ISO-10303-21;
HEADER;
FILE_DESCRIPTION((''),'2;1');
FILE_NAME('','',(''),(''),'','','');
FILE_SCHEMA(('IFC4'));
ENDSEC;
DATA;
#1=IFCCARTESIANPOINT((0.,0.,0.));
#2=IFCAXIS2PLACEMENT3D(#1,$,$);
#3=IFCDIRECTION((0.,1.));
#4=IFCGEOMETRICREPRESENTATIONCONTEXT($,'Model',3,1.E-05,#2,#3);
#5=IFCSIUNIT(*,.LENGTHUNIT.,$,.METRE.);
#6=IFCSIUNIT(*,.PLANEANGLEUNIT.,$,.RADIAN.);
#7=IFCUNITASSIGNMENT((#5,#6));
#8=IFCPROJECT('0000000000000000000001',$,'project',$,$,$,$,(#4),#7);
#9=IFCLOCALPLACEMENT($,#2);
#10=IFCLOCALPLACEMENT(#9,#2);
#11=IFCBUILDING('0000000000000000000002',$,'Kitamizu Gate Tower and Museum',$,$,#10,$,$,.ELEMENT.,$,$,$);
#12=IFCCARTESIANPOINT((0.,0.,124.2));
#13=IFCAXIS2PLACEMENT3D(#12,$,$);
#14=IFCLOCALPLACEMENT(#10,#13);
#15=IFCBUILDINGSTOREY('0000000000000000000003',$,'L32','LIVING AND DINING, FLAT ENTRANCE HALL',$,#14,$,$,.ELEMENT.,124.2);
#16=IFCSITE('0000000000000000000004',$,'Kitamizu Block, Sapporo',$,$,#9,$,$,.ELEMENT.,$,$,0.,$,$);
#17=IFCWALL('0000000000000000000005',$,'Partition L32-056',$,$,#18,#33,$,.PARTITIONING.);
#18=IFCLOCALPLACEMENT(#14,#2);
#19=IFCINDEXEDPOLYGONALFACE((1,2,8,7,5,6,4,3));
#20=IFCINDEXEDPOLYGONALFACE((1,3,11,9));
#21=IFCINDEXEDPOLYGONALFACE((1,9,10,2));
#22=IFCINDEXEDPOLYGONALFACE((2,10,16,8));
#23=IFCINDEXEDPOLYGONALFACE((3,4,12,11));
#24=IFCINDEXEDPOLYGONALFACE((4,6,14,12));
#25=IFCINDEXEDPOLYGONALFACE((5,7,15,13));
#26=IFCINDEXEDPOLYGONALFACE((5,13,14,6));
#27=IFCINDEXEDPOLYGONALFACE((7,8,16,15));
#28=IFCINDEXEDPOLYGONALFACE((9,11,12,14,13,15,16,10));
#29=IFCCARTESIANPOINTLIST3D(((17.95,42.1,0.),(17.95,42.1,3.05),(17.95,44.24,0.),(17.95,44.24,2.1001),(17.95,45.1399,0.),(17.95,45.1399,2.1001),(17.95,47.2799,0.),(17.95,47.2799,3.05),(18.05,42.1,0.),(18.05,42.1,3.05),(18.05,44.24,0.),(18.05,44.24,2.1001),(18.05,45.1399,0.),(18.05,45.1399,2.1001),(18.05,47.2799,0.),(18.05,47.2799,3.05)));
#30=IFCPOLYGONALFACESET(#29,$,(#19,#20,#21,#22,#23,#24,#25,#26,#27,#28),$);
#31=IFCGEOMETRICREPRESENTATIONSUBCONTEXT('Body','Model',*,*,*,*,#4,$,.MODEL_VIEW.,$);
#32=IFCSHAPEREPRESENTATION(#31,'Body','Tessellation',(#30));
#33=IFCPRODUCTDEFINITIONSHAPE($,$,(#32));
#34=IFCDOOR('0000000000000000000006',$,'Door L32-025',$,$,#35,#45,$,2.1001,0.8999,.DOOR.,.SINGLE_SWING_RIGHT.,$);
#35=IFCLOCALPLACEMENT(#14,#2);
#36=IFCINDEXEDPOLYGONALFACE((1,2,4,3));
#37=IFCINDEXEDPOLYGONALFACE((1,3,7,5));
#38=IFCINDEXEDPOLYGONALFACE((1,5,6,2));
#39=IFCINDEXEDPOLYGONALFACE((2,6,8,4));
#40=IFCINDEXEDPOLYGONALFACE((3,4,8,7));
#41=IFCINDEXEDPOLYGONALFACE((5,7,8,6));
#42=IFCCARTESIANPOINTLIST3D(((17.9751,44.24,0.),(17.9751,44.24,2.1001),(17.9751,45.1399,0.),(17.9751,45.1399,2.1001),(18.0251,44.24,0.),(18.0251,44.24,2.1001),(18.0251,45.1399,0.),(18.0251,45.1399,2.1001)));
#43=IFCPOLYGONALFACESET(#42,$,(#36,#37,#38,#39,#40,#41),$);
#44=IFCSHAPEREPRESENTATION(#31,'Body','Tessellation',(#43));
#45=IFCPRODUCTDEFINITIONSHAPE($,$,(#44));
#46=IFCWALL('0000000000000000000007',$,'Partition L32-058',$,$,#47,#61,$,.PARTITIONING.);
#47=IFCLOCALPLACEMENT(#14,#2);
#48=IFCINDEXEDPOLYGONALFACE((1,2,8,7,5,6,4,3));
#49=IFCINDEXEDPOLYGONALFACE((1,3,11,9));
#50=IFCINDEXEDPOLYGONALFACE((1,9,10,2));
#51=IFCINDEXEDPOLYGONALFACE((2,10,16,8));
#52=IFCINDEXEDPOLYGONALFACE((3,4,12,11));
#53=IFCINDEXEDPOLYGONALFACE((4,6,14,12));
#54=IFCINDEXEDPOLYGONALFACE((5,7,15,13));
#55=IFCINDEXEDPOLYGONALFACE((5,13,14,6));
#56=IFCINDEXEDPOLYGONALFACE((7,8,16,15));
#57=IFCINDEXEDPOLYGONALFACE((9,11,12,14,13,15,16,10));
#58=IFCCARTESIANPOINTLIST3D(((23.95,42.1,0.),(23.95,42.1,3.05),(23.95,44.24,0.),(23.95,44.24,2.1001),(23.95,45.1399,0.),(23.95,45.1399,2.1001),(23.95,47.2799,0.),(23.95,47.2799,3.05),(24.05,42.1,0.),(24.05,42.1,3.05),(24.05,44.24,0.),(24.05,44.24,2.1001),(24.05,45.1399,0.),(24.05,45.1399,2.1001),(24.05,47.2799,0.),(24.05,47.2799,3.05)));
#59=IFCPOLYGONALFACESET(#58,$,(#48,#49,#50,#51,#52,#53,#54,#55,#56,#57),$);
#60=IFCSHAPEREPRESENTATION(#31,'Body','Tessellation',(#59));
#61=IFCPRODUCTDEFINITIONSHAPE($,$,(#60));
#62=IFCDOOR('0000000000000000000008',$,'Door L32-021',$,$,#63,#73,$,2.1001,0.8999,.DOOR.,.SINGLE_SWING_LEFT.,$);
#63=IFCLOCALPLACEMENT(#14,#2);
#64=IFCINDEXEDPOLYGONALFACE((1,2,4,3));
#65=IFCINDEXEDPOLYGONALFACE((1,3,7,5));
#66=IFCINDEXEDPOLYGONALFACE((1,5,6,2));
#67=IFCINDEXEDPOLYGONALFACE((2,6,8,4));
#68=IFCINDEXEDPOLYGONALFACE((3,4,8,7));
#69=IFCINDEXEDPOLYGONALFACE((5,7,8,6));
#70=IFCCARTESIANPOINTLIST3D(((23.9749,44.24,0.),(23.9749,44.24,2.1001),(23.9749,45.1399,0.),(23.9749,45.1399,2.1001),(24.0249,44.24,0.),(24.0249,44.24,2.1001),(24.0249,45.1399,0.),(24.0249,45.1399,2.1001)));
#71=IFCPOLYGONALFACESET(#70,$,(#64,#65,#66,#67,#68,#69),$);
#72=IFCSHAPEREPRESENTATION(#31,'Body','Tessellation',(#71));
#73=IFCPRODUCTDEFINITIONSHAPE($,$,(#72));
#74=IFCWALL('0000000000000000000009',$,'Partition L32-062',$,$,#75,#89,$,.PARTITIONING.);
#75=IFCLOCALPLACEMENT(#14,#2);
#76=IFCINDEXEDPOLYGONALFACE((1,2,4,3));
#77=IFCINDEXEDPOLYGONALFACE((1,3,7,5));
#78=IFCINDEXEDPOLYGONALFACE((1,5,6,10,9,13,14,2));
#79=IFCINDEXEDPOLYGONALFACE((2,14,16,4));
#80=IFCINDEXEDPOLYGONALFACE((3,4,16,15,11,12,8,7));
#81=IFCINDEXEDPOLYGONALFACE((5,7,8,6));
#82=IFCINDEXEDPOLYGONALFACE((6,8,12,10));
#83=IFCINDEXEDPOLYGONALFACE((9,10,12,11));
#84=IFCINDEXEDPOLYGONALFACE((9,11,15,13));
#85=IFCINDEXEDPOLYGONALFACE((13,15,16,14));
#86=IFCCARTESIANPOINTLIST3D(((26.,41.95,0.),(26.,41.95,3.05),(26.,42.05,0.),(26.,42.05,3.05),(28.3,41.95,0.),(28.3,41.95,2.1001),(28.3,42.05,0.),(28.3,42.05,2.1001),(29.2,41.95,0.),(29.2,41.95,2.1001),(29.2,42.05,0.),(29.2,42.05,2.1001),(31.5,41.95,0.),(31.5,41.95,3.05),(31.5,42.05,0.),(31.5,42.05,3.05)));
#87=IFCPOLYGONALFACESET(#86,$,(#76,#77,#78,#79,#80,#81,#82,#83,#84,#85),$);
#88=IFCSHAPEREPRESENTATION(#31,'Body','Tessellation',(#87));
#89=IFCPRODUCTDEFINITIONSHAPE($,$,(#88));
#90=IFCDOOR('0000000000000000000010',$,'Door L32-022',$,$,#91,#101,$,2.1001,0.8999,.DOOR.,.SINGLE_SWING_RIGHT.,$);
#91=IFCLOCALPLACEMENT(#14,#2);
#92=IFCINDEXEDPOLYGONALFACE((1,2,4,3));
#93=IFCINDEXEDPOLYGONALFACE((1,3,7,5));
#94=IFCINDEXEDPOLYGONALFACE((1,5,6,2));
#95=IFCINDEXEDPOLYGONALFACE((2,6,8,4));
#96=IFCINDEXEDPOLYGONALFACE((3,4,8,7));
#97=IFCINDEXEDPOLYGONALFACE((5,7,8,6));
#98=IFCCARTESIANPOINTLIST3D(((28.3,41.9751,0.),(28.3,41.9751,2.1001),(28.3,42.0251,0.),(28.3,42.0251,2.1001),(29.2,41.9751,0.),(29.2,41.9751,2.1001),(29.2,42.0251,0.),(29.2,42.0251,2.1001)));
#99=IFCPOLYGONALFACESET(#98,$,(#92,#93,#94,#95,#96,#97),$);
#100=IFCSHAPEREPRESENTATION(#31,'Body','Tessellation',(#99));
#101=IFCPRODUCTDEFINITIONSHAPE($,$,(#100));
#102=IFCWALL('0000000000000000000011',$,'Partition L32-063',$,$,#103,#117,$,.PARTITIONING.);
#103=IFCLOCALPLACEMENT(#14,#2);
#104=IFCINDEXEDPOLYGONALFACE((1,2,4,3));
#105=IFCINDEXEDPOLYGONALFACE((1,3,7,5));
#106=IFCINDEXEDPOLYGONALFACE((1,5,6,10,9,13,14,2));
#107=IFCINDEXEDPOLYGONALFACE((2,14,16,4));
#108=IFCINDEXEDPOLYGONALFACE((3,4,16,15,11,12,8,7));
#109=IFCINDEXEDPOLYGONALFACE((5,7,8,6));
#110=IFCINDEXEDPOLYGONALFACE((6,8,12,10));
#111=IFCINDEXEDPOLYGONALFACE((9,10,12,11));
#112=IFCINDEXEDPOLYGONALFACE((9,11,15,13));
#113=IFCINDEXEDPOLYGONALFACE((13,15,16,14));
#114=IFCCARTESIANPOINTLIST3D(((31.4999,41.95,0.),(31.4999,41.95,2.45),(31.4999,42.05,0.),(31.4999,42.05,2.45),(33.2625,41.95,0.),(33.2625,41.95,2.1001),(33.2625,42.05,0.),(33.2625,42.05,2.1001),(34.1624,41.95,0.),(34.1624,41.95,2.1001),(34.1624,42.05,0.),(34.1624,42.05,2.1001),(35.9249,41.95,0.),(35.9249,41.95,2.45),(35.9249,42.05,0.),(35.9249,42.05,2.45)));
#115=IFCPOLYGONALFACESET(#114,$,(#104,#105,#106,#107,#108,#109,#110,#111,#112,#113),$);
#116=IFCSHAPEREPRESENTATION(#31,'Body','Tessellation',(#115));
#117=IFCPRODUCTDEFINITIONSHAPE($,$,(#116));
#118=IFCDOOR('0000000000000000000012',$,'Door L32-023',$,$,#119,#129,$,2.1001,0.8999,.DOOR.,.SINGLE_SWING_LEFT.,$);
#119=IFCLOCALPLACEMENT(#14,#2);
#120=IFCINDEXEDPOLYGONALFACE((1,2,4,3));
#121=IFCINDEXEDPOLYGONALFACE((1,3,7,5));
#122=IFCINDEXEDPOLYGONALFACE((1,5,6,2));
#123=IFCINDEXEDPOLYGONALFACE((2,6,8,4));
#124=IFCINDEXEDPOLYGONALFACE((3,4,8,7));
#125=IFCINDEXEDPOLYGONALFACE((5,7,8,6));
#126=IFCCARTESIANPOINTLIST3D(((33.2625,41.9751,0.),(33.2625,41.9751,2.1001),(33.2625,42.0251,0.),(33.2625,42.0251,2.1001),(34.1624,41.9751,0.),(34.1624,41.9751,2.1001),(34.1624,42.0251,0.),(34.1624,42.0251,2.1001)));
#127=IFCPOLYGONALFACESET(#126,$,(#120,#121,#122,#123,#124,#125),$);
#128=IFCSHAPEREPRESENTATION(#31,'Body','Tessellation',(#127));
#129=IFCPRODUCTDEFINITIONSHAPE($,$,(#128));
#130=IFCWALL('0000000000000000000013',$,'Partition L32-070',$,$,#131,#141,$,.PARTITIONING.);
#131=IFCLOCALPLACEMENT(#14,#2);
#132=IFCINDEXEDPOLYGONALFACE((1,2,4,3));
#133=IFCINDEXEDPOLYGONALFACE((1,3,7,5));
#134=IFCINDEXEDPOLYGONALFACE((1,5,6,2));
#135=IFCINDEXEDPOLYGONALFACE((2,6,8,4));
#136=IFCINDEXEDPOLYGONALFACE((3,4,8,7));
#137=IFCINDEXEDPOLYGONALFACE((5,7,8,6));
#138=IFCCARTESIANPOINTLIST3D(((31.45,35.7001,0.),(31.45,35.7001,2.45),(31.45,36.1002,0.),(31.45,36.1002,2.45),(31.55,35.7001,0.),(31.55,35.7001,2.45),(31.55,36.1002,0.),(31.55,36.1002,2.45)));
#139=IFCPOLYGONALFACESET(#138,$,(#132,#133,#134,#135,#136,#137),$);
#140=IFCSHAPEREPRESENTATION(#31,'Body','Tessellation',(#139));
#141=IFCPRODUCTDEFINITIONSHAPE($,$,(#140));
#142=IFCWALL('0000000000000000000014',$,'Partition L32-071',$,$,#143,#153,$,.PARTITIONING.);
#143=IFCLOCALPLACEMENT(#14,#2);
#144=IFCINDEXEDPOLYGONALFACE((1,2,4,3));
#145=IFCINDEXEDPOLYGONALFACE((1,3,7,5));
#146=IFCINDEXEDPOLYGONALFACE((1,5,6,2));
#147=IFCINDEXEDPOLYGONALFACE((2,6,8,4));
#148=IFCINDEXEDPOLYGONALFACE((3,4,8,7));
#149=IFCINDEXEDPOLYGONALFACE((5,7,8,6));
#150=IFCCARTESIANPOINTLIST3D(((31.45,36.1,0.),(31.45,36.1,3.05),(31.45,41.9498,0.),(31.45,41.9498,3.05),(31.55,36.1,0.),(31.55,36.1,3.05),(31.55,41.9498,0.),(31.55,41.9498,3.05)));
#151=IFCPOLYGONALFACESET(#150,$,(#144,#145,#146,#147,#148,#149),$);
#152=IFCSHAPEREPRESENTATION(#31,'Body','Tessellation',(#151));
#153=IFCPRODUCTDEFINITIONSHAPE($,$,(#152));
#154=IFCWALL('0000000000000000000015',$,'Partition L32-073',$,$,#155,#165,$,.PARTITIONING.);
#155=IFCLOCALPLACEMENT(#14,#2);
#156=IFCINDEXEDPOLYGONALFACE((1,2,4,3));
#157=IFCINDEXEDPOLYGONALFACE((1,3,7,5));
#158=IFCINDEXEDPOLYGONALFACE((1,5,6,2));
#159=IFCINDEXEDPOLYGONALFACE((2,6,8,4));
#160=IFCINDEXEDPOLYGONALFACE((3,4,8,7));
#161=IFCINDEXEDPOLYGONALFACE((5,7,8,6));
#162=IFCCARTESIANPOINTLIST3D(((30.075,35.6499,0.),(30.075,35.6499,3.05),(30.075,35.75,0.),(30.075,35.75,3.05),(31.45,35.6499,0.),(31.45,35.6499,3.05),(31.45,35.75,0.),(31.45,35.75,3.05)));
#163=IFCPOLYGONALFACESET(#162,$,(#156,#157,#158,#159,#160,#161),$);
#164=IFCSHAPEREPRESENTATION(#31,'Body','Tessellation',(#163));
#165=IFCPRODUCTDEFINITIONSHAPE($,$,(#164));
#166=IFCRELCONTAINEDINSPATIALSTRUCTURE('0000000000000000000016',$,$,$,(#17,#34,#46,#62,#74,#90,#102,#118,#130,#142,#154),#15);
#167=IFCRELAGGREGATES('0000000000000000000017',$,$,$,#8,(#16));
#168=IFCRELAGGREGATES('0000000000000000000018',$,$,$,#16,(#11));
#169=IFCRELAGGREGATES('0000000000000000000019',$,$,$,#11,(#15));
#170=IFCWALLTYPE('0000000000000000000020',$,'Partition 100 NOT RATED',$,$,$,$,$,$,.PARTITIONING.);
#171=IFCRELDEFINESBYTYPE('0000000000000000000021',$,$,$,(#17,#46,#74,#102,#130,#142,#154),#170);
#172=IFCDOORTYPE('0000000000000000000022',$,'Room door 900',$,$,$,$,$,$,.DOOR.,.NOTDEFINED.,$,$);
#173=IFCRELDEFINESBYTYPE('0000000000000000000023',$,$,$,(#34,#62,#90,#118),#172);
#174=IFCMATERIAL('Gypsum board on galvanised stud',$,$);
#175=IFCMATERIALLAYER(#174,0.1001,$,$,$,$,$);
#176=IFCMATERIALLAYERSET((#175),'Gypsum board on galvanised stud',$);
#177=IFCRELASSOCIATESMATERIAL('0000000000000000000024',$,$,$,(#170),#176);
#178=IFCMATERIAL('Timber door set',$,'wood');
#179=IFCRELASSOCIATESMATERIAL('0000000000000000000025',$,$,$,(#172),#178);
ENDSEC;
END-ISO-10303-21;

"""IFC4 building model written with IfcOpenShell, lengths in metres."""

from ifc_helpers import new_model, si_unit, direction, frame, frame_2d, origin, place, context, subcontext, project, spatial, rectangle, extrude, material, layer, layer_set, type_object, element, fill, save


model = new_model("IFC4")

# Units and contexts
model_context = context("Model", 3, precision=1e-05, world=origin(), true_north=direction((0.0, 1.0)))
body_context = subcontext(model_context, "Body", "Model", "MODEL_VIEW")
ifc_project = project(units=[si_unit("LENGTHUNIT", "METRE"), si_unit("PLANEANGLEUNIT", "RADIAN")], contexts=[model_context])

# Site, building, storey
site_placement = place(None, origin())
site = spatial("IfcSite", under=ifc_project, at=site_placement, Name="Kitamizu Block, Sapporo", CompositionType="ELEMENT", RefElevation=0.0)
building_placement = place(site_placement, origin())
building = spatial("IfcBuilding", under=site, at=building_placement, Name="Kitamizu Gate Tower and Museum", CompositionType="ELEMENT")
storey_placement = place(building_placement, frame((0.0, 0.0, 124.2)))
storey = spatial("IfcBuildingStorey", under=building, at=storey_placement, Name="L32", Description="LIVING AND DINING, FLAT ENTRANCE HALL", CompositionType="ELEMENT", Elevation=124.2)

# Walls, openings, doors
ifc_material_1 = material(Name="Gypsum board on galvanised stud")
ifc_layer_1 = layer(ifc_material_1, 0.1001)
ifc_layer_set_1 = layer_set([ifc_layer_1], Name="Gypsum board on galvanised stud")
wall_type_1 = type_object("IfcWallType", Name="Partition 100 NOT RATED", PredefinedType="PARTITIONING", material=ifc_layer_set_1)
wall_1_placement = place(storey_placement, frame((18.0, 42.1001, 0.0), z_axis=(0.0, 0.0, 1.0), x_axis=(0.0, 1.0, 0.0)))
wall_1 = element("IfcWall", 1, at=wall_1_placement, inside=storey, type_object=wall_type_1, Name="Partition L32-056", PredefinedType="PARTITIONING", context=body_context, shape_type="SweptSolid", body=[
    extrude(rectangle(XDim=5.1799, YDim=0.1001, at=frame_2d((2.5898, 0.0))), origin(), (0.0, 0.0, 1.0), 3.05),
])
opening_1_placement = place(wall_1_placement, frame((2.1399, 0.0, 0.0)))
opening_1 = element("IfcOpeningElement", 2, at=opening_1_placement, cuts=wall_1, PredefinedType="OPENING", context=body_context, shape_type="SweptSolid", body=[
    extrude(rectangle(XDim=0.8999, YDim=2.1001, at=frame_2d((0.45, 1.05))), frame((0.0, 0.0601, 0.0), z_axis=(0.0, -1.0, 0.0), x_axis=(1.0, 0.0, 0.0)), (0.0, 0.0, 1.0), 0.1201),
])
ifc_material_2 = material(Name="Timber door set", Category="wood")
door_type_1 = type_object("IfcDoorType", Name="Room door 900", OperationType="NOTDEFINED", PredefinedType="DOOR", material=ifc_material_2)
door_1_placement = place(opening_1_placement, origin())
door_1 = element("IfcDoor", 3, at=door_1_placement, inside=storey, type_object=door_type_1, Name="Door L32-025", OperationType="SINGLE_SWING_RIGHT", OverallHeight=2.1001, OverallWidth=0.8999, PredefinedType="DOOR", context=body_context, shape_type="SweptSolid", body=[
    extrude(rectangle(XDim=0.8999, YDim=2.1001, at=frame_2d((0.45, 1.05))), frame((0.0, 0.0249, 0.0), z_axis=(0.0, -1.0, 0.0), x_axis=(1.0, 0.0, 0.0)), (0.0, 0.0, 1.0), 0.05),
])
fill(opening_1, door_1)
wall_2_placement = place(storey_placement, frame((24.0, 42.1001, 0.0), z_axis=(0.0, 0.0, 1.0), x_axis=(0.0, 1.0, 0.0)))
wall_2 = element("IfcWall", 4, at=wall_2_placement, inside=storey, type_object=wall_type_1, Name="Partition L32-058", PredefinedType="PARTITIONING", context=body_context, shape_type="SweptSolid", body=[
    extrude(rectangle(XDim=5.1799, YDim=0.1001, at=frame_2d((2.5898, 0.0))), origin(), (0.0, 0.0, 1.0), 3.05),
])
opening_2_placement = place(wall_2_placement, frame((2.1399, 0.0, 0.0)))
opening_2 = element("IfcOpeningElement", 5, at=opening_2_placement, cuts=wall_2, PredefinedType="OPENING", context=body_context, shape_type="SweptSolid", body=[
    extrude(rectangle(XDim=0.8999, YDim=2.1001, at=frame_2d((0.45, 1.05))), frame((0.0, 0.0601, 0.0), z_axis=(0.0, -1.0, 0.0), x_axis=(1.0, 0.0, 0.0)), (0.0, 0.0, 1.0), 0.1201),
])
door_2_placement = place(opening_2_placement, frame((0.8999, 0.0, 0.0), x_axis=(-1.0, 0.0, 0.0)))
door_2 = element("IfcDoor", 6, at=door_2_placement, inside=storey, type_object=door_type_1, Name="Door L32-021", OperationType="SINGLE_SWING_LEFT", OverallHeight=2.1001, OverallWidth=0.8999, PredefinedType="DOOR", context=body_context, shape_type="SweptSolid", body=[
    extrude(rectangle(XDim=0.8999, YDim=2.1001, at=frame_2d((0.45, 1.05))), frame((0.0, 0.0249, 0.0), z_axis=(0.0, -1.0, 0.0), x_axis=(1.0, 0.0, 0.0)), (0.0, 0.0, 1.0), 0.05),
])
fill(opening_2, door_2)
wall_3_placement = place(storey_placement, frame((26.0, 42.0, 0.0), z_axis=(0.0, 0.0, 1.0), x_axis=(1.0, 0.0, 0.0)))
wall_3 = element("IfcWall", 7, at=wall_3_placement, inside=storey, type_object=wall_type_1, Name="Partition L32-062", PredefinedType="PARTITIONING", context=body_context, shape_type="SweptSolid", body=[
    extrude(rectangle(XDim=5.5, YDim=0.1001, at=frame_2d((2.75, 0.0))), origin(), (0.0, 0.0, 1.0), 3.05),
])
opening_3_placement = place(wall_3_placement, frame((2.3, 0.0, 0.0)))
opening_3 = element("IfcOpeningElement", 8, at=opening_3_placement, cuts=wall_3, PredefinedType="OPENING", context=body_context, shape_type="SweptSolid", body=[
    extrude(rectangle(XDim=0.8999, YDim=2.1001, at=frame_2d((0.45, 1.05))), frame((0.0, 0.0601, 0.0), z_axis=(0.0, -1.0, 0.0), x_axis=(1.0, 0.0, 0.0)), (0.0, 0.0, 1.0), 0.1201),
])
door_3_placement = place(opening_3_placement, frame((0.8999, 0.0, 0.0), x_axis=(-1.0, 0.0, 0.0)))
door_3 = element("IfcDoor", 9, at=door_3_placement, inside=storey, type_object=door_type_1, Name="Door L32-022", OperationType="SINGLE_SWING_RIGHT", OverallHeight=2.1001, OverallWidth=0.8999, PredefinedType="DOOR", context=body_context, shape_type="SweptSolid", body=[
    extrude(rectangle(XDim=0.8999, YDim=2.1001, at=frame_2d((0.45, 1.05))), frame((0.0, 0.0249, 0.0), z_axis=(0.0, -1.0, 0.0), x_axis=(1.0, 0.0, 0.0)), (0.0, 0.0, 1.0), 0.05),
])
fill(opening_3, door_3)
wall_4_placement = place(storey_placement, frame((31.5, 42.0, 0.0), z_axis=(0.0, 0.0, 1.0), x_axis=(1.0, 0.0, 0.0)))
wall_4 = element("IfcWall", 10, at=wall_4_placement, inside=storey, type_object=wall_type_1, Name="Partition L32-063", PredefinedType="PARTITIONING", context=body_context, shape_type="SweptSolid", body=[
    extrude(rectangle(XDim=4.425, YDim=0.1001, at=frame_2d((2.2124, 0.0))), origin(), (0.0, 0.0, 1.0), 2.45),
])
opening_4_placement = place(wall_4_placement, frame((1.7625, 0.0, 0.0)))
opening_4 = element("IfcOpeningElement", 11, at=opening_4_placement, cuts=wall_4, PredefinedType="OPENING", context=body_context, shape_type="SweptSolid", body=[
    extrude(rectangle(XDim=0.8999, YDim=2.1001, at=frame_2d((0.45, 1.05))), frame((0.0, 0.0601, 0.0), z_axis=(0.0, -1.0, 0.0), x_axis=(1.0, 0.0, 0.0)), (0.0, 0.0, 1.0), 0.1201),
])
door_4_placement = place(opening_4_placement, frame((0.8999, 0.0, 0.0), x_axis=(-1.0, 0.0, 0.0)))
door_4 = element("IfcDoor", 12, at=door_4_placement, inside=storey, type_object=door_type_1, Name="Door L32-023", OperationType="SINGLE_SWING_LEFT", OverallHeight=2.1001, OverallWidth=0.8999, PredefinedType="DOOR", context=body_context, shape_type="SweptSolid", body=[
    extrude(rectangle(XDim=0.8999, YDim=2.1001, at=frame_2d((0.45, 1.05))), frame((0.0, 0.0249, 0.0), z_axis=(0.0, -1.0, 0.0), x_axis=(1.0, 0.0, 0.0)), (0.0, 0.0, 1.0), 0.05),
])
fill(opening_4, door_4)

# Walls
wall_5_placement = place(storey_placement, frame((31.5, 35.7, 0.0), z_axis=(0.0, 0.0, 1.0), x_axis=(0.0, 1.0, 0.0)))
element("IfcWall", 13, at=wall_5_placement, inside=storey, type_object=wall_type_1, Name="Partition L32-070", PredefinedType="PARTITIONING", context=body_context, shape_type="SweptSolid", body=[
    extrude(rectangle(XDim=0.4001, YDim=0.1001, at=frame_2d((0.2002, 0.0))), origin(), (0.0, 0.0, 1.0), 2.45),
])
wall_6_placement = place(storey_placement, frame((31.5, 36.1001, 0.0), z_axis=(0.0, 0.0, 1.0), x_axis=(0.0, 1.0, 0.0)))
element("IfcWall", 14, at=wall_6_placement, inside=storey, type_object=wall_type_1, Name="Partition L32-071", PredefinedType="PARTITIONING", context=body_context, shape_type="SweptSolid", body=[
    extrude(rectangle(XDim=5.8499, YDim=0.1001, at=frame_2d((2.9248, 0.0))), origin(), (0.0, 0.0, 1.0), 3.05),
])
wall_7_placement = place(storey_placement, frame((30.075, 35.7, 0.0), z_axis=(0.0, 0.0, 1.0), x_axis=(1.0, 0.0, 0.0)))
element("IfcWall", 15, at=wall_7_placement, inside=storey, type_object=wall_type_1, Name="Partition L32-073", PredefinedType="PARTITIONING", context=body_context, shape_type="SweptSolid", body=[
    extrude(rectangle(XDim=1.375, YDim=0.1001, at=frame_2d((0.6875, 0.0))), origin(), (0.0, 0.0, 1.0), 3.05),
])

save(model, "model.ifc")
